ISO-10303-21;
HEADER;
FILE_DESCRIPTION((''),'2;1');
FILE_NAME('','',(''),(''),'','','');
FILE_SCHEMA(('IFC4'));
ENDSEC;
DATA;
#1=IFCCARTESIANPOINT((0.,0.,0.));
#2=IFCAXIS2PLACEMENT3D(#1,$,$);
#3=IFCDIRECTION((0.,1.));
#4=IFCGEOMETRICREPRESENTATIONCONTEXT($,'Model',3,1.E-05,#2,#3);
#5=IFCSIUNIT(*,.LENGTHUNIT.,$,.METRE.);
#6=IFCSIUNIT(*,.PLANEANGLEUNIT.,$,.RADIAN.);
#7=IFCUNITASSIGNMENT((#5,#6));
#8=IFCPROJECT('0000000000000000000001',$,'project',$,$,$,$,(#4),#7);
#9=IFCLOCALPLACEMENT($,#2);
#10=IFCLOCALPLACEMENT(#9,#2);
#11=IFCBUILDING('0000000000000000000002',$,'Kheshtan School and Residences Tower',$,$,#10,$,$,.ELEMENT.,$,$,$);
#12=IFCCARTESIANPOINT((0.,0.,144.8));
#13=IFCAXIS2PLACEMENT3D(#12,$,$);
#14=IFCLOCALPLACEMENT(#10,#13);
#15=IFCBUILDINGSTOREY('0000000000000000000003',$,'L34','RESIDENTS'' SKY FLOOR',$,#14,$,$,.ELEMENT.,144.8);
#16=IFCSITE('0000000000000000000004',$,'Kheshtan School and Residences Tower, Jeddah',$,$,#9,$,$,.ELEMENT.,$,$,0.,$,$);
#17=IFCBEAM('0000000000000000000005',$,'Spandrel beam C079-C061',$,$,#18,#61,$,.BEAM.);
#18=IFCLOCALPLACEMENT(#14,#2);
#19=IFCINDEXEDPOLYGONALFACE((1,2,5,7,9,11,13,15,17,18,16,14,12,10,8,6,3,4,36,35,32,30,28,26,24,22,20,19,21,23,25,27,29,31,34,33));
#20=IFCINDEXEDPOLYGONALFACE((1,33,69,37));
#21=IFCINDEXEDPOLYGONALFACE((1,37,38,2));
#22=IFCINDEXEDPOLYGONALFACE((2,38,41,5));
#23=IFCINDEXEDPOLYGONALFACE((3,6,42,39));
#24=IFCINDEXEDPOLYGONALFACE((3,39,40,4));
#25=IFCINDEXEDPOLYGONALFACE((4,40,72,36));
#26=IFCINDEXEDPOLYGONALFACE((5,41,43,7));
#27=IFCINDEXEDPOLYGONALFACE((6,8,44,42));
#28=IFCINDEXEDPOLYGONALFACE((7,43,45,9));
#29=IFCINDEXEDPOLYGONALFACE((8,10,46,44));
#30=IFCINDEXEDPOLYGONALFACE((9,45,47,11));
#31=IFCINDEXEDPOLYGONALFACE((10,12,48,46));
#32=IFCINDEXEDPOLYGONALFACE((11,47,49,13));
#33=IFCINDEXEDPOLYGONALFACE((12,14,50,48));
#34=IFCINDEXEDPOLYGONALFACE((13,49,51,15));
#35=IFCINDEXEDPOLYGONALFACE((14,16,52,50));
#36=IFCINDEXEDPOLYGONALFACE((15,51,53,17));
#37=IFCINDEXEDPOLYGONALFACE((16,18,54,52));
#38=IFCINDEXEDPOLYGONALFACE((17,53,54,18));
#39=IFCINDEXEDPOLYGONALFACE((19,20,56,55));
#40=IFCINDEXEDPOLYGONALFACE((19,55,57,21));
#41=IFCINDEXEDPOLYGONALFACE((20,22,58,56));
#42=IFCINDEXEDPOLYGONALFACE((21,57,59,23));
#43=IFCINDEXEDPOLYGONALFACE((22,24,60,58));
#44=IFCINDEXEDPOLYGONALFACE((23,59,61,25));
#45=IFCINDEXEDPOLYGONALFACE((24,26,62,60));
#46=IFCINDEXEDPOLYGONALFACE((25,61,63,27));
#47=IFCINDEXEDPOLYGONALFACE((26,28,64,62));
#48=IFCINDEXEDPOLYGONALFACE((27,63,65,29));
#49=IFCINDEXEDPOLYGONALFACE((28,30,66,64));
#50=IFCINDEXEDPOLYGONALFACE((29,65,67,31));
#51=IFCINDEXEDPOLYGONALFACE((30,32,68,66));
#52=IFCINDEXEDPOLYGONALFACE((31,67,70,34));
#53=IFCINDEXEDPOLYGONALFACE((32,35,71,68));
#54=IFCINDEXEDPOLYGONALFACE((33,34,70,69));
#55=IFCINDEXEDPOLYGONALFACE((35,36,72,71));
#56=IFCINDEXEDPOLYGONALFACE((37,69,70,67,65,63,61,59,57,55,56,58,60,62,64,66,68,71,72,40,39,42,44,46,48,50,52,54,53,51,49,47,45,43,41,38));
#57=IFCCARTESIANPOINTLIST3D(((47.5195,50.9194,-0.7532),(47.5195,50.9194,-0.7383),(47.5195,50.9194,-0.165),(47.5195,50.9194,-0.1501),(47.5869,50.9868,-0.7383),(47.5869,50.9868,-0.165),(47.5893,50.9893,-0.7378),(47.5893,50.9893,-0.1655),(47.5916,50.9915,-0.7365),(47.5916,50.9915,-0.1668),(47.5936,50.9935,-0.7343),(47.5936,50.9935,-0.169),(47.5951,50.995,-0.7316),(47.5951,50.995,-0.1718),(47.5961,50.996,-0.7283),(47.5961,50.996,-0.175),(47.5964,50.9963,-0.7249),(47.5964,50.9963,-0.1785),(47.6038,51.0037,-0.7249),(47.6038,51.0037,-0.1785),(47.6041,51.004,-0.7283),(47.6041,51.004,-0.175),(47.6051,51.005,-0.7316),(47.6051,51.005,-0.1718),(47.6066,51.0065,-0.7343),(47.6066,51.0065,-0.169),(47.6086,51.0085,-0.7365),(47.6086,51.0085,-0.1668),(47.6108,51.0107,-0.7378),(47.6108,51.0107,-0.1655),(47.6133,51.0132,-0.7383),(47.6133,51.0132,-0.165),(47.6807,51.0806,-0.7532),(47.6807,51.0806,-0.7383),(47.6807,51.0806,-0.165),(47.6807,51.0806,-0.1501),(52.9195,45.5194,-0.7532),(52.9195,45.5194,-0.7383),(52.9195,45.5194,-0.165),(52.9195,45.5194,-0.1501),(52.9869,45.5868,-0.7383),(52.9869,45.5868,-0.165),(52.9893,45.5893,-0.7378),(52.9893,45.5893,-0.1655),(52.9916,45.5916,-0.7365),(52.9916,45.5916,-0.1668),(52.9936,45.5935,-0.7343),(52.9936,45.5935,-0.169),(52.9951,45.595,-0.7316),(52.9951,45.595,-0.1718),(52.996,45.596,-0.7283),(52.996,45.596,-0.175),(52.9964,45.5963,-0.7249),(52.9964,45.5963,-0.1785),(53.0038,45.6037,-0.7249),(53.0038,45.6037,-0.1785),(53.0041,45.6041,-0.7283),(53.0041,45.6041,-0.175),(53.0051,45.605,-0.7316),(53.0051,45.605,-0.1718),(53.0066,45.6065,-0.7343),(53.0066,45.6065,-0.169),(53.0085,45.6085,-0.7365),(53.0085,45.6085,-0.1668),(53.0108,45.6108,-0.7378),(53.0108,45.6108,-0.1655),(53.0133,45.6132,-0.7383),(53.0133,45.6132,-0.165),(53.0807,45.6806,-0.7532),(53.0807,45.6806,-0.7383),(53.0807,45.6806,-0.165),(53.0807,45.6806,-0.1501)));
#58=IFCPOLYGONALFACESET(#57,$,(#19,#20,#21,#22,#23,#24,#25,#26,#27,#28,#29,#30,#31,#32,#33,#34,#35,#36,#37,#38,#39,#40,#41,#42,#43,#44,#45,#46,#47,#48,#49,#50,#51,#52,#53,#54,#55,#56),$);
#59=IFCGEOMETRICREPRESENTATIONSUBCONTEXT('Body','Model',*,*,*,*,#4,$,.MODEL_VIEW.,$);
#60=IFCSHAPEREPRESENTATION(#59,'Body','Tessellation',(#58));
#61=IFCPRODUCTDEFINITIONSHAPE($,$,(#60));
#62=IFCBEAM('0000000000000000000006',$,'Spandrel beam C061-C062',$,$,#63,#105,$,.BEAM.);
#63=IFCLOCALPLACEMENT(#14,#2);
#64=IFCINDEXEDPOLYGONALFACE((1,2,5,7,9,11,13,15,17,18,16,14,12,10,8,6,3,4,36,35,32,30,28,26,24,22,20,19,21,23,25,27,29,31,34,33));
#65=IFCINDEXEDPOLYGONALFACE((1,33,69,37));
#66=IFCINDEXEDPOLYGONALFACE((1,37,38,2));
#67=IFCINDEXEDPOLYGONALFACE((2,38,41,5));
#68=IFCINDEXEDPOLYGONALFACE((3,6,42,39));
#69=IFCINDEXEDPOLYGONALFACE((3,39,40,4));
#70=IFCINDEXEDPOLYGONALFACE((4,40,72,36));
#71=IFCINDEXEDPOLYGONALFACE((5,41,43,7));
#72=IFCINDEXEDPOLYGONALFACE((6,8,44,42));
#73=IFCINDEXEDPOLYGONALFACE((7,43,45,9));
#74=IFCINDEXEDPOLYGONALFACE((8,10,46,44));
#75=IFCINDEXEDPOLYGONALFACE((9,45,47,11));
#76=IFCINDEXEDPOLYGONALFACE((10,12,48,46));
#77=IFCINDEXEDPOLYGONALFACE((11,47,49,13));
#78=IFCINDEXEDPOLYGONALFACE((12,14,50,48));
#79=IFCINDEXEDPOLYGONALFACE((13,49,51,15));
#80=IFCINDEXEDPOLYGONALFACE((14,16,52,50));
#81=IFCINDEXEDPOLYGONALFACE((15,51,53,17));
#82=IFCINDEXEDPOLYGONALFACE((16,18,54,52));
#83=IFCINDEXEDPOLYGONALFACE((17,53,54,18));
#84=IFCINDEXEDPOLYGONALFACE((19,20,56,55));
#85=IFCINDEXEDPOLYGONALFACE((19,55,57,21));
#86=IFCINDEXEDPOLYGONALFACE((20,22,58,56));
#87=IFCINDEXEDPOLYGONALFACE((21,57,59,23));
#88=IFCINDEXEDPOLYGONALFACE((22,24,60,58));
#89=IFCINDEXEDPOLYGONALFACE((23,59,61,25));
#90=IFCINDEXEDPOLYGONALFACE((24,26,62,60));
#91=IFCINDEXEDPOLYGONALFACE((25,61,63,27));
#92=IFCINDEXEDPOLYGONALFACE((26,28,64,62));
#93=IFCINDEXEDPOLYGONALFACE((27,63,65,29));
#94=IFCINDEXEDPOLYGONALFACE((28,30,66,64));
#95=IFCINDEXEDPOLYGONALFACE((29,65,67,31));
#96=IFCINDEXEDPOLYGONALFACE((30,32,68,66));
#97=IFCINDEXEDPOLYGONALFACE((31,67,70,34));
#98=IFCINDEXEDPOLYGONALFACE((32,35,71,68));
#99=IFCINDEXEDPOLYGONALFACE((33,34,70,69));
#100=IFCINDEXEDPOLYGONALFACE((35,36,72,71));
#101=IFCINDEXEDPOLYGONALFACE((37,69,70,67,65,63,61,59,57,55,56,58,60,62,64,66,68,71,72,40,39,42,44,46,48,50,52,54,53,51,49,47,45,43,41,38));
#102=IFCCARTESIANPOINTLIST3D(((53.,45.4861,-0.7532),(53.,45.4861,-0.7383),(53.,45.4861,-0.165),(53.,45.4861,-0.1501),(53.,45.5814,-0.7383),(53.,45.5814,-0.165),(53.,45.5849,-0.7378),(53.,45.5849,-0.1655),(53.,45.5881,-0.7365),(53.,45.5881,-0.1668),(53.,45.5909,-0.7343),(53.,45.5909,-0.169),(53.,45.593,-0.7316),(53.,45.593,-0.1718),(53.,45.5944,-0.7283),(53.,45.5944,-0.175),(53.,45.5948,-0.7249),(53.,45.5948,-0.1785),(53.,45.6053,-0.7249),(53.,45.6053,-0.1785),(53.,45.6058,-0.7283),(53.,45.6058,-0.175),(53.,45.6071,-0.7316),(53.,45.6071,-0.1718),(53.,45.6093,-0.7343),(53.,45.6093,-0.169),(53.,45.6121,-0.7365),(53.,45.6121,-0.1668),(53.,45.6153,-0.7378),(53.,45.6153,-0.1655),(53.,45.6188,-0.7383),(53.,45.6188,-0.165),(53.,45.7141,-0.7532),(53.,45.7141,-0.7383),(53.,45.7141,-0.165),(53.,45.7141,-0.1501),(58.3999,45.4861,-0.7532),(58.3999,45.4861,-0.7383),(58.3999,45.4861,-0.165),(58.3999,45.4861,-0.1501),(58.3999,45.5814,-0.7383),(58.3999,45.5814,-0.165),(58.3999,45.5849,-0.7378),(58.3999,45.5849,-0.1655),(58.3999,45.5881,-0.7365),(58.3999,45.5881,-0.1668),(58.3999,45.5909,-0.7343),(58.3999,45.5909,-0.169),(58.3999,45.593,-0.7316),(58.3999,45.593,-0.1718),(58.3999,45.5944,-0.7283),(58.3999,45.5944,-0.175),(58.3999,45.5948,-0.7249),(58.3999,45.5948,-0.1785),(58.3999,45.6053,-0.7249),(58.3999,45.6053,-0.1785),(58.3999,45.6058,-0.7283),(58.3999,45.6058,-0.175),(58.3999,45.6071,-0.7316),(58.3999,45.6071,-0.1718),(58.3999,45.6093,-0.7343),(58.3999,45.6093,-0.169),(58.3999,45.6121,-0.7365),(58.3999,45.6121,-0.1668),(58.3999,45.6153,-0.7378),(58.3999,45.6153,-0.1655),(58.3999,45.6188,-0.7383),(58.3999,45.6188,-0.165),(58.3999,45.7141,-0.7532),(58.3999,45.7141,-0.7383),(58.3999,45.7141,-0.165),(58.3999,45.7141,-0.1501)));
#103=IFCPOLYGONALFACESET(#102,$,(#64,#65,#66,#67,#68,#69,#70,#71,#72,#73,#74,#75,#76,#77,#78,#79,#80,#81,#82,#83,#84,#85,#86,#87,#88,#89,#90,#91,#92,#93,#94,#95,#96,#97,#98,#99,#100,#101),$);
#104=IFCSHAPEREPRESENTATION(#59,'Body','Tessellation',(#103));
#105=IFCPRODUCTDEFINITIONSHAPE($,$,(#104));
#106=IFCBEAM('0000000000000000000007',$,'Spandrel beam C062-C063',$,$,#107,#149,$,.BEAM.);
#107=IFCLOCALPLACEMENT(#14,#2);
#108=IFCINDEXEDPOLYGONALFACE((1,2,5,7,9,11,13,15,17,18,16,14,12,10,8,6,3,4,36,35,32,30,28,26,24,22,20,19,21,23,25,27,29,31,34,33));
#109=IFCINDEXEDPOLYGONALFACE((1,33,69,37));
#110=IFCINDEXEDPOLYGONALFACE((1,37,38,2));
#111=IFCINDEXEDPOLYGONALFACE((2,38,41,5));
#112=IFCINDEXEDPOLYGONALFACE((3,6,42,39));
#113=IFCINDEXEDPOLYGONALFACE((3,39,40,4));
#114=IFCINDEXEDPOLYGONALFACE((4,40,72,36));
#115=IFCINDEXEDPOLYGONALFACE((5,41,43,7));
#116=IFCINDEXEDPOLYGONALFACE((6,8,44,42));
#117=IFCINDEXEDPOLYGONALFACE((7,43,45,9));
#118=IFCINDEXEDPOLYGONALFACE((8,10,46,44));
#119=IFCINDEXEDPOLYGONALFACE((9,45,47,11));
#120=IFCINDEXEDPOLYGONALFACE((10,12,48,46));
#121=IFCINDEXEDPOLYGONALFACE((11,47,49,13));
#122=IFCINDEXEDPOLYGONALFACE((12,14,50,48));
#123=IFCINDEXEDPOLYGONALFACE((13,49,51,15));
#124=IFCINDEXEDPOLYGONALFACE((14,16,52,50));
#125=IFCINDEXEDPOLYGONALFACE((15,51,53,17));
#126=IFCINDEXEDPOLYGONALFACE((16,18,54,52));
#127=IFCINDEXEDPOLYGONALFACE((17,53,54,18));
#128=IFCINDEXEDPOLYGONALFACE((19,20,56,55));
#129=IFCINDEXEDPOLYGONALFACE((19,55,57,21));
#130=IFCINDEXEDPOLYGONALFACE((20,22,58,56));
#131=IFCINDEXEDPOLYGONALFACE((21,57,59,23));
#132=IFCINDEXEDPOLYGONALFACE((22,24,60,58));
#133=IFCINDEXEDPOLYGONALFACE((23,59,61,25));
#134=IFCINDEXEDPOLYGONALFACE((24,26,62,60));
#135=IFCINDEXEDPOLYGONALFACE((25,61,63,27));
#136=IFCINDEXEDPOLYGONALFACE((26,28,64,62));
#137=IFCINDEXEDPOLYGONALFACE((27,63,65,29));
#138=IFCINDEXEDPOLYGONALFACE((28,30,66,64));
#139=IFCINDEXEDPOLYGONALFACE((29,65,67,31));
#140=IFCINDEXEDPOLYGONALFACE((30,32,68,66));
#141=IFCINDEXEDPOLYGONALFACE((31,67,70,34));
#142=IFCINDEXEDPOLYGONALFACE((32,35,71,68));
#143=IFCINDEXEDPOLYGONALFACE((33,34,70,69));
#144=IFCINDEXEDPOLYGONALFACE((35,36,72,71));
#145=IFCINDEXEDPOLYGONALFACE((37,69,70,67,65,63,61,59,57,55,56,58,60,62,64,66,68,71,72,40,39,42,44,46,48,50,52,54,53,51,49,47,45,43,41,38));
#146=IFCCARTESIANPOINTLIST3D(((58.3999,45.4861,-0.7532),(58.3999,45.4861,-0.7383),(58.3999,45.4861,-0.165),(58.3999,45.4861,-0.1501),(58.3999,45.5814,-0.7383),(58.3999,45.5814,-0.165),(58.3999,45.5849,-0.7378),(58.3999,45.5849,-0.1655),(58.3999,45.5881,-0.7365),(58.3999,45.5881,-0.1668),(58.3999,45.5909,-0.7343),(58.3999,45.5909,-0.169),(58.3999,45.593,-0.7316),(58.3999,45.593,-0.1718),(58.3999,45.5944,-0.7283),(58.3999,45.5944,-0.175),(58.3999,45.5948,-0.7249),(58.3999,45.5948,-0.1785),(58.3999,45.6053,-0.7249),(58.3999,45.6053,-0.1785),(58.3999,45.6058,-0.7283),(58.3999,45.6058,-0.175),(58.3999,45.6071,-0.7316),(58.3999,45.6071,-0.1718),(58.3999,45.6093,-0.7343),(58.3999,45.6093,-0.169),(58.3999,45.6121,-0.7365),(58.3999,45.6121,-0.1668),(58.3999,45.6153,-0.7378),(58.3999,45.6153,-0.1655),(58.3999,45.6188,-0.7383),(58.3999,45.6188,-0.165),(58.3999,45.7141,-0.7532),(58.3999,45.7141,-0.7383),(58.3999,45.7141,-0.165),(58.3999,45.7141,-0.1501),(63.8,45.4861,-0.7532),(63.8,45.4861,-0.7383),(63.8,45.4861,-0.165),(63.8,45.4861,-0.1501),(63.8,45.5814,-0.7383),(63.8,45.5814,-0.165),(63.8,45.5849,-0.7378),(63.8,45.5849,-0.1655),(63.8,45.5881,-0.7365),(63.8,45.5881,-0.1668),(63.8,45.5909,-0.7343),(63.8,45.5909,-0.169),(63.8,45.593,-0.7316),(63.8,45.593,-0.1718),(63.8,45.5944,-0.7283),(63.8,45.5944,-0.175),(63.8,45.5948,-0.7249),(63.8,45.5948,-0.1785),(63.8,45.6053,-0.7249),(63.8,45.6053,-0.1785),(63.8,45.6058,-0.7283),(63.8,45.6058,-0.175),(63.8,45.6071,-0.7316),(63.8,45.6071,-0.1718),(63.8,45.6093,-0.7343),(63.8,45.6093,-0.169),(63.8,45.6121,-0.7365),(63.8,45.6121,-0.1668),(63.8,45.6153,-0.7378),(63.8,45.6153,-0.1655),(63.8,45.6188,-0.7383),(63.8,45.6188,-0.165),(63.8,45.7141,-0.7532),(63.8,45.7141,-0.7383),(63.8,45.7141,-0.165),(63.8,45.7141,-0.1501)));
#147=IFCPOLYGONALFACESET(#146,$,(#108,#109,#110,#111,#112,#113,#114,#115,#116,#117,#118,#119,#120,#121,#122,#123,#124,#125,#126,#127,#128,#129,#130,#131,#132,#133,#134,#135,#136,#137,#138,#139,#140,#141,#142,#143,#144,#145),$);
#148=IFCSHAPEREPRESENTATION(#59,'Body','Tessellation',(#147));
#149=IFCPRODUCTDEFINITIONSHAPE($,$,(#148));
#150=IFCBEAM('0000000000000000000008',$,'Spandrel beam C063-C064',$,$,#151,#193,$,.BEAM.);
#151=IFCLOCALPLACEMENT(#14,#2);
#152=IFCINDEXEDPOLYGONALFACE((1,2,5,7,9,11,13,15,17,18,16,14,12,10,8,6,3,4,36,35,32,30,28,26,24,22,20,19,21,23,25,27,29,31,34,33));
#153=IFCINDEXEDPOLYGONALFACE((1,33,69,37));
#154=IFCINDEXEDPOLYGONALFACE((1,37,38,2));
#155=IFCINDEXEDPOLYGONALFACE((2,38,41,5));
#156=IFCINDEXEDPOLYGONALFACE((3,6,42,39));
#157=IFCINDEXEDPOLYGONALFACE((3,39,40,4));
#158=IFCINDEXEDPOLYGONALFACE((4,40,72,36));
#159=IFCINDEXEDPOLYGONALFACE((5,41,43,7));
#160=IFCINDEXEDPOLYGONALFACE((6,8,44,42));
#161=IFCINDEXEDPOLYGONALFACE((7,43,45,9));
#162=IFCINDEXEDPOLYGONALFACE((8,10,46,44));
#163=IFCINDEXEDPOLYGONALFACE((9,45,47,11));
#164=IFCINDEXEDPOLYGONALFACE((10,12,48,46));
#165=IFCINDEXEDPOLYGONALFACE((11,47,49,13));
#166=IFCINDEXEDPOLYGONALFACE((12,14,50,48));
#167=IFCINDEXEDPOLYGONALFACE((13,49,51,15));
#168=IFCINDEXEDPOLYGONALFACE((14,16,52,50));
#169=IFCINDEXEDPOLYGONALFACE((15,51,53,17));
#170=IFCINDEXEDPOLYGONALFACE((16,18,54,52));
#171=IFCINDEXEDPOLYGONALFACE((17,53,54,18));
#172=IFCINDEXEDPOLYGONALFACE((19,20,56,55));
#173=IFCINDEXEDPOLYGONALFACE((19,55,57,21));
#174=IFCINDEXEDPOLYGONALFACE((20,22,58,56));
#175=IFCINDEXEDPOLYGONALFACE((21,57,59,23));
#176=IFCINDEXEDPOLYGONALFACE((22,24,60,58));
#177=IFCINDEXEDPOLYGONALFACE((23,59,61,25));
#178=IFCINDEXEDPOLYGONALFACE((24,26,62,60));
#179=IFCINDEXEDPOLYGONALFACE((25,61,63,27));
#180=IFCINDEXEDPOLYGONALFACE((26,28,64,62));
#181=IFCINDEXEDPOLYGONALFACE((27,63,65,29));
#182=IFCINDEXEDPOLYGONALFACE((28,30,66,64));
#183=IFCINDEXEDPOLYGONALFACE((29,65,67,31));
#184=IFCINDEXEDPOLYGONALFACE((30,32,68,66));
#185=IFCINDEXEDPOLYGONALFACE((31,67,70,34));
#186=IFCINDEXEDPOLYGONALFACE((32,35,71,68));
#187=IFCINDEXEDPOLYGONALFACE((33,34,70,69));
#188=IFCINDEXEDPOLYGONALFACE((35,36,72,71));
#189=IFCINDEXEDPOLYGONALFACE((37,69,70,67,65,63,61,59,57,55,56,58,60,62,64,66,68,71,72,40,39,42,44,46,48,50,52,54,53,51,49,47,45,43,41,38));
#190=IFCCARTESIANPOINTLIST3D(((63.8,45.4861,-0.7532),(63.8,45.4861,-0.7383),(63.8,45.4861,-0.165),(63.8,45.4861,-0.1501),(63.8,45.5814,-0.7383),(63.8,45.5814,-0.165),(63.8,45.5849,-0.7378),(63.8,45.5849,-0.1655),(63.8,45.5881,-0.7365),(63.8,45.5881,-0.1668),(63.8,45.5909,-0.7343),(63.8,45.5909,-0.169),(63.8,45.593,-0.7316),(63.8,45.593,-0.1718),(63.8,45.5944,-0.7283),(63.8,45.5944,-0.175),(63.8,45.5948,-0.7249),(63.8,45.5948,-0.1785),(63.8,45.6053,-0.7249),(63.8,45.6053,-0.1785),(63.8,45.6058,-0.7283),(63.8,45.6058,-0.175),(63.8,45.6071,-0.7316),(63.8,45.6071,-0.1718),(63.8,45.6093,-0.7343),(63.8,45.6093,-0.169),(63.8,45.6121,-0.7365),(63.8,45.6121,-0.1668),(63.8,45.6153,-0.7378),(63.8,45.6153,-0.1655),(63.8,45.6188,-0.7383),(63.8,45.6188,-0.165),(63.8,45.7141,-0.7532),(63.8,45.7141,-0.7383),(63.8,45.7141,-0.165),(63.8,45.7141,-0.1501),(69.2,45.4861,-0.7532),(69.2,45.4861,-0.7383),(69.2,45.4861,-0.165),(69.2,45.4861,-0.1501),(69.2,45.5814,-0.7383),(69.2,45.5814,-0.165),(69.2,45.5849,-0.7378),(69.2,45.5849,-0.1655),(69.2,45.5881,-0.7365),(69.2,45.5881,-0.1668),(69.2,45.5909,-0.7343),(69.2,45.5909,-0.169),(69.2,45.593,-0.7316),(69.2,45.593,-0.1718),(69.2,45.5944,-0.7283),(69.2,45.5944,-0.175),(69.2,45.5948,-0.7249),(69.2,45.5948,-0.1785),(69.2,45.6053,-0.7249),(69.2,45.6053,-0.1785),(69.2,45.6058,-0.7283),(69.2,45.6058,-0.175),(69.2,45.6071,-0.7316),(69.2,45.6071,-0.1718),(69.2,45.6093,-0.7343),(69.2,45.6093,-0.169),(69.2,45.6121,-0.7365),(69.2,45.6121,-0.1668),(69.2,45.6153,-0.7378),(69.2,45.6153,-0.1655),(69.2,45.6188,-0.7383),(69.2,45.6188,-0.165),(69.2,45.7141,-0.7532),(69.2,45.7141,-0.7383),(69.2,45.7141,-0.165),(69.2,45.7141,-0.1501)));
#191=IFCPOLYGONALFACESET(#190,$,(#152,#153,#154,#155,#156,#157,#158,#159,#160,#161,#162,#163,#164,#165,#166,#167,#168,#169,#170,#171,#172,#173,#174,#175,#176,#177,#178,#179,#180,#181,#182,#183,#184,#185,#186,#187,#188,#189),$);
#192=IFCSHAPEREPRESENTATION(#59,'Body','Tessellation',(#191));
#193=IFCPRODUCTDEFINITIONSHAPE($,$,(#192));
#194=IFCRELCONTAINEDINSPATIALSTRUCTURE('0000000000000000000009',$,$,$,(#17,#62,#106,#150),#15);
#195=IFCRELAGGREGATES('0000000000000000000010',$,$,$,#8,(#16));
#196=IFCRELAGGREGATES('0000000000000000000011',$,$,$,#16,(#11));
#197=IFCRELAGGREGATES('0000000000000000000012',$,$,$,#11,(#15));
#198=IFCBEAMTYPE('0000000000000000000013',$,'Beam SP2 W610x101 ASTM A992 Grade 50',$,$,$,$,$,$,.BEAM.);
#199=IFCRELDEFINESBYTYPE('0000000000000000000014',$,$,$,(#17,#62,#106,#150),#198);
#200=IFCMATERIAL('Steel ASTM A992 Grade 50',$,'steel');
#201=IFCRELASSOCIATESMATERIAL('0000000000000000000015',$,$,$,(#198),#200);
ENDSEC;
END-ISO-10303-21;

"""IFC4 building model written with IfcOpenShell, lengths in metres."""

from ifc_helpers import new_model, si_unit, direction, frame, origin, origin_2d, place, context, subcontext, project, spatial, i_section, extrude, material, material_profile, profile_set, type_object, element, save


model = new_model("IFC4")

# Units and contexts
model_context = context("Model", 3, precision=1e-05, world=origin(), true_north=direction((0.0, 1.0)))
body_context = subcontext(model_context, "Body", "Model", "MODEL_VIEW")
ifc_project = project(units=[si_unit("LENGTHUNIT", "METRE"), si_unit("PLANEANGLEUNIT", "RADIAN")], contexts=[model_context])

# Site, building, storey
site_placement = place(None, origin())
site = spatial("IfcSite", under=ifc_project, at=site_placement, Name="Kheshtan School and Residences Tower, Jeddah", CompositionType="ELEMENT", RefElevation=0.0)
building_placement = place(site_placement, origin())
building = spatial("IfcBuilding", under=site, at=building_placement, Name="Kheshtan School and Residences Tower", CompositionType="ELEMENT")
storey_placement = place(building_placement, frame((0.0, 0.0, 144.8)))
storey = spatial("IfcBuildingStorey", under=building, at=storey_placement, Name="L34", Description="RESIDENTS' SKY FLOOR", CompositionType="ELEMENT", Elevation=144.8)

# Shared definitions
ifc_material_1 = material(Name="Steel ASTM A992 Grade 50", Category="steel")

# Beams
ifc_material_profile_1 = material_profile(ifc_material_1, i_section(OverallWidth=0.228, OverallDepth=0.603, WebThickness=0.0105, FlangeThickness=0.0149, FilletRadius=0.0134, at=origin_2d()), Name="W610x101")
ifc_profile_set_1 = profile_set([ifc_material_profile_1], Name="Steel ASTM A992 Grade 50")
beam_type_1 = type_object("IfcBeamType", Name="Beam SP2 W610x101 ASTM A992 Grade 50", PredefinedType="BEAM", material=ifc_profile_set_1)
beam_1_placement = place(storey_placement, frame((47.6001, 51.0, -0.4517), z_axis=(0.707107, -0.707107, 0.0), x_axis=(0.707107, 0.707107, 0.0)))
element("IfcBeam", 1, at=beam_1_placement, inside=storey, type_object=beam_type_1, Name="Spandrel beam C079-C061", PredefinedType="BEAM", context=body_context, shape_type="SweptSolid", body=[
    extrude(i_section(OverallWidth=0.228, OverallDepth=0.603, WebThickness=0.0105, FlangeThickness=0.0149, FilletRadius=0.0134, at=origin_2d()), origin(), (0.0, 0.0, 1.0), 7.6367),
])
beam_2_placement = place(storey_placement, frame((53.0, 45.6001, -0.4517), z_axis=(1.0, 0.0, 0.0), x_axis=(0.0, 1.0, 0.0)))
element("IfcBeam", 2, at=beam_2_placement, inside=storey, type_object=beam_type_1, Name="Spandrel beam C061-C062", PredefinedType="BEAM", context=body_context, shape_type="SweptSolid", body=[
    extrude(i_section(OverallWidth=0.228, OverallDepth=0.603, WebThickness=0.0105, FlangeThickness=0.0149, FilletRadius=0.0134, at=origin_2d()), origin(), (0.0, 0.0, 1.0), 5.3999),
])
beam_3_placement = place(storey_placement, frame((58.3999, 45.6001, -0.4517), z_axis=(1.0, 0.0, 0.0), x_axis=(0.0, 1.0, 0.0)))
element("IfcBeam", 3, at=beam_3_placement, inside=storey, type_object=beam_type_1, Name="Spandrel beam C062-C063", PredefinedType="BEAM", context=body_context, shape_type="SweptSolid", body=[
    extrude(i_section(OverallWidth=0.228, OverallDepth=0.603, WebThickness=0.0105, FlangeThickness=0.0149, FilletRadius=0.0134, at=origin_2d()), origin(), (0.0, 0.0, 1.0), 5.4001),
])
beam_4_placement = place(storey_placement, frame((63.8, 45.6001, -0.4517), z_axis=(1.0, 0.0, 0.0), x_axis=(0.0, 1.0, 0.0)))
element("IfcBeam", 4, at=beam_4_placement, inside=storey, type_object=beam_type_1, Name="Spandrel beam C063-C064", PredefinedType="BEAM", context=body_context, shape_type="SweptSolid", body=[
    extrude(i_section(OverallWidth=0.228, OverallDepth=0.603, WebThickness=0.0105, FlangeThickness=0.0149, FilletRadius=0.0134, at=origin_2d()), origin(), (0.0, 0.0, 1.0), 5.3999),
])

save(model, "model.ifc")
